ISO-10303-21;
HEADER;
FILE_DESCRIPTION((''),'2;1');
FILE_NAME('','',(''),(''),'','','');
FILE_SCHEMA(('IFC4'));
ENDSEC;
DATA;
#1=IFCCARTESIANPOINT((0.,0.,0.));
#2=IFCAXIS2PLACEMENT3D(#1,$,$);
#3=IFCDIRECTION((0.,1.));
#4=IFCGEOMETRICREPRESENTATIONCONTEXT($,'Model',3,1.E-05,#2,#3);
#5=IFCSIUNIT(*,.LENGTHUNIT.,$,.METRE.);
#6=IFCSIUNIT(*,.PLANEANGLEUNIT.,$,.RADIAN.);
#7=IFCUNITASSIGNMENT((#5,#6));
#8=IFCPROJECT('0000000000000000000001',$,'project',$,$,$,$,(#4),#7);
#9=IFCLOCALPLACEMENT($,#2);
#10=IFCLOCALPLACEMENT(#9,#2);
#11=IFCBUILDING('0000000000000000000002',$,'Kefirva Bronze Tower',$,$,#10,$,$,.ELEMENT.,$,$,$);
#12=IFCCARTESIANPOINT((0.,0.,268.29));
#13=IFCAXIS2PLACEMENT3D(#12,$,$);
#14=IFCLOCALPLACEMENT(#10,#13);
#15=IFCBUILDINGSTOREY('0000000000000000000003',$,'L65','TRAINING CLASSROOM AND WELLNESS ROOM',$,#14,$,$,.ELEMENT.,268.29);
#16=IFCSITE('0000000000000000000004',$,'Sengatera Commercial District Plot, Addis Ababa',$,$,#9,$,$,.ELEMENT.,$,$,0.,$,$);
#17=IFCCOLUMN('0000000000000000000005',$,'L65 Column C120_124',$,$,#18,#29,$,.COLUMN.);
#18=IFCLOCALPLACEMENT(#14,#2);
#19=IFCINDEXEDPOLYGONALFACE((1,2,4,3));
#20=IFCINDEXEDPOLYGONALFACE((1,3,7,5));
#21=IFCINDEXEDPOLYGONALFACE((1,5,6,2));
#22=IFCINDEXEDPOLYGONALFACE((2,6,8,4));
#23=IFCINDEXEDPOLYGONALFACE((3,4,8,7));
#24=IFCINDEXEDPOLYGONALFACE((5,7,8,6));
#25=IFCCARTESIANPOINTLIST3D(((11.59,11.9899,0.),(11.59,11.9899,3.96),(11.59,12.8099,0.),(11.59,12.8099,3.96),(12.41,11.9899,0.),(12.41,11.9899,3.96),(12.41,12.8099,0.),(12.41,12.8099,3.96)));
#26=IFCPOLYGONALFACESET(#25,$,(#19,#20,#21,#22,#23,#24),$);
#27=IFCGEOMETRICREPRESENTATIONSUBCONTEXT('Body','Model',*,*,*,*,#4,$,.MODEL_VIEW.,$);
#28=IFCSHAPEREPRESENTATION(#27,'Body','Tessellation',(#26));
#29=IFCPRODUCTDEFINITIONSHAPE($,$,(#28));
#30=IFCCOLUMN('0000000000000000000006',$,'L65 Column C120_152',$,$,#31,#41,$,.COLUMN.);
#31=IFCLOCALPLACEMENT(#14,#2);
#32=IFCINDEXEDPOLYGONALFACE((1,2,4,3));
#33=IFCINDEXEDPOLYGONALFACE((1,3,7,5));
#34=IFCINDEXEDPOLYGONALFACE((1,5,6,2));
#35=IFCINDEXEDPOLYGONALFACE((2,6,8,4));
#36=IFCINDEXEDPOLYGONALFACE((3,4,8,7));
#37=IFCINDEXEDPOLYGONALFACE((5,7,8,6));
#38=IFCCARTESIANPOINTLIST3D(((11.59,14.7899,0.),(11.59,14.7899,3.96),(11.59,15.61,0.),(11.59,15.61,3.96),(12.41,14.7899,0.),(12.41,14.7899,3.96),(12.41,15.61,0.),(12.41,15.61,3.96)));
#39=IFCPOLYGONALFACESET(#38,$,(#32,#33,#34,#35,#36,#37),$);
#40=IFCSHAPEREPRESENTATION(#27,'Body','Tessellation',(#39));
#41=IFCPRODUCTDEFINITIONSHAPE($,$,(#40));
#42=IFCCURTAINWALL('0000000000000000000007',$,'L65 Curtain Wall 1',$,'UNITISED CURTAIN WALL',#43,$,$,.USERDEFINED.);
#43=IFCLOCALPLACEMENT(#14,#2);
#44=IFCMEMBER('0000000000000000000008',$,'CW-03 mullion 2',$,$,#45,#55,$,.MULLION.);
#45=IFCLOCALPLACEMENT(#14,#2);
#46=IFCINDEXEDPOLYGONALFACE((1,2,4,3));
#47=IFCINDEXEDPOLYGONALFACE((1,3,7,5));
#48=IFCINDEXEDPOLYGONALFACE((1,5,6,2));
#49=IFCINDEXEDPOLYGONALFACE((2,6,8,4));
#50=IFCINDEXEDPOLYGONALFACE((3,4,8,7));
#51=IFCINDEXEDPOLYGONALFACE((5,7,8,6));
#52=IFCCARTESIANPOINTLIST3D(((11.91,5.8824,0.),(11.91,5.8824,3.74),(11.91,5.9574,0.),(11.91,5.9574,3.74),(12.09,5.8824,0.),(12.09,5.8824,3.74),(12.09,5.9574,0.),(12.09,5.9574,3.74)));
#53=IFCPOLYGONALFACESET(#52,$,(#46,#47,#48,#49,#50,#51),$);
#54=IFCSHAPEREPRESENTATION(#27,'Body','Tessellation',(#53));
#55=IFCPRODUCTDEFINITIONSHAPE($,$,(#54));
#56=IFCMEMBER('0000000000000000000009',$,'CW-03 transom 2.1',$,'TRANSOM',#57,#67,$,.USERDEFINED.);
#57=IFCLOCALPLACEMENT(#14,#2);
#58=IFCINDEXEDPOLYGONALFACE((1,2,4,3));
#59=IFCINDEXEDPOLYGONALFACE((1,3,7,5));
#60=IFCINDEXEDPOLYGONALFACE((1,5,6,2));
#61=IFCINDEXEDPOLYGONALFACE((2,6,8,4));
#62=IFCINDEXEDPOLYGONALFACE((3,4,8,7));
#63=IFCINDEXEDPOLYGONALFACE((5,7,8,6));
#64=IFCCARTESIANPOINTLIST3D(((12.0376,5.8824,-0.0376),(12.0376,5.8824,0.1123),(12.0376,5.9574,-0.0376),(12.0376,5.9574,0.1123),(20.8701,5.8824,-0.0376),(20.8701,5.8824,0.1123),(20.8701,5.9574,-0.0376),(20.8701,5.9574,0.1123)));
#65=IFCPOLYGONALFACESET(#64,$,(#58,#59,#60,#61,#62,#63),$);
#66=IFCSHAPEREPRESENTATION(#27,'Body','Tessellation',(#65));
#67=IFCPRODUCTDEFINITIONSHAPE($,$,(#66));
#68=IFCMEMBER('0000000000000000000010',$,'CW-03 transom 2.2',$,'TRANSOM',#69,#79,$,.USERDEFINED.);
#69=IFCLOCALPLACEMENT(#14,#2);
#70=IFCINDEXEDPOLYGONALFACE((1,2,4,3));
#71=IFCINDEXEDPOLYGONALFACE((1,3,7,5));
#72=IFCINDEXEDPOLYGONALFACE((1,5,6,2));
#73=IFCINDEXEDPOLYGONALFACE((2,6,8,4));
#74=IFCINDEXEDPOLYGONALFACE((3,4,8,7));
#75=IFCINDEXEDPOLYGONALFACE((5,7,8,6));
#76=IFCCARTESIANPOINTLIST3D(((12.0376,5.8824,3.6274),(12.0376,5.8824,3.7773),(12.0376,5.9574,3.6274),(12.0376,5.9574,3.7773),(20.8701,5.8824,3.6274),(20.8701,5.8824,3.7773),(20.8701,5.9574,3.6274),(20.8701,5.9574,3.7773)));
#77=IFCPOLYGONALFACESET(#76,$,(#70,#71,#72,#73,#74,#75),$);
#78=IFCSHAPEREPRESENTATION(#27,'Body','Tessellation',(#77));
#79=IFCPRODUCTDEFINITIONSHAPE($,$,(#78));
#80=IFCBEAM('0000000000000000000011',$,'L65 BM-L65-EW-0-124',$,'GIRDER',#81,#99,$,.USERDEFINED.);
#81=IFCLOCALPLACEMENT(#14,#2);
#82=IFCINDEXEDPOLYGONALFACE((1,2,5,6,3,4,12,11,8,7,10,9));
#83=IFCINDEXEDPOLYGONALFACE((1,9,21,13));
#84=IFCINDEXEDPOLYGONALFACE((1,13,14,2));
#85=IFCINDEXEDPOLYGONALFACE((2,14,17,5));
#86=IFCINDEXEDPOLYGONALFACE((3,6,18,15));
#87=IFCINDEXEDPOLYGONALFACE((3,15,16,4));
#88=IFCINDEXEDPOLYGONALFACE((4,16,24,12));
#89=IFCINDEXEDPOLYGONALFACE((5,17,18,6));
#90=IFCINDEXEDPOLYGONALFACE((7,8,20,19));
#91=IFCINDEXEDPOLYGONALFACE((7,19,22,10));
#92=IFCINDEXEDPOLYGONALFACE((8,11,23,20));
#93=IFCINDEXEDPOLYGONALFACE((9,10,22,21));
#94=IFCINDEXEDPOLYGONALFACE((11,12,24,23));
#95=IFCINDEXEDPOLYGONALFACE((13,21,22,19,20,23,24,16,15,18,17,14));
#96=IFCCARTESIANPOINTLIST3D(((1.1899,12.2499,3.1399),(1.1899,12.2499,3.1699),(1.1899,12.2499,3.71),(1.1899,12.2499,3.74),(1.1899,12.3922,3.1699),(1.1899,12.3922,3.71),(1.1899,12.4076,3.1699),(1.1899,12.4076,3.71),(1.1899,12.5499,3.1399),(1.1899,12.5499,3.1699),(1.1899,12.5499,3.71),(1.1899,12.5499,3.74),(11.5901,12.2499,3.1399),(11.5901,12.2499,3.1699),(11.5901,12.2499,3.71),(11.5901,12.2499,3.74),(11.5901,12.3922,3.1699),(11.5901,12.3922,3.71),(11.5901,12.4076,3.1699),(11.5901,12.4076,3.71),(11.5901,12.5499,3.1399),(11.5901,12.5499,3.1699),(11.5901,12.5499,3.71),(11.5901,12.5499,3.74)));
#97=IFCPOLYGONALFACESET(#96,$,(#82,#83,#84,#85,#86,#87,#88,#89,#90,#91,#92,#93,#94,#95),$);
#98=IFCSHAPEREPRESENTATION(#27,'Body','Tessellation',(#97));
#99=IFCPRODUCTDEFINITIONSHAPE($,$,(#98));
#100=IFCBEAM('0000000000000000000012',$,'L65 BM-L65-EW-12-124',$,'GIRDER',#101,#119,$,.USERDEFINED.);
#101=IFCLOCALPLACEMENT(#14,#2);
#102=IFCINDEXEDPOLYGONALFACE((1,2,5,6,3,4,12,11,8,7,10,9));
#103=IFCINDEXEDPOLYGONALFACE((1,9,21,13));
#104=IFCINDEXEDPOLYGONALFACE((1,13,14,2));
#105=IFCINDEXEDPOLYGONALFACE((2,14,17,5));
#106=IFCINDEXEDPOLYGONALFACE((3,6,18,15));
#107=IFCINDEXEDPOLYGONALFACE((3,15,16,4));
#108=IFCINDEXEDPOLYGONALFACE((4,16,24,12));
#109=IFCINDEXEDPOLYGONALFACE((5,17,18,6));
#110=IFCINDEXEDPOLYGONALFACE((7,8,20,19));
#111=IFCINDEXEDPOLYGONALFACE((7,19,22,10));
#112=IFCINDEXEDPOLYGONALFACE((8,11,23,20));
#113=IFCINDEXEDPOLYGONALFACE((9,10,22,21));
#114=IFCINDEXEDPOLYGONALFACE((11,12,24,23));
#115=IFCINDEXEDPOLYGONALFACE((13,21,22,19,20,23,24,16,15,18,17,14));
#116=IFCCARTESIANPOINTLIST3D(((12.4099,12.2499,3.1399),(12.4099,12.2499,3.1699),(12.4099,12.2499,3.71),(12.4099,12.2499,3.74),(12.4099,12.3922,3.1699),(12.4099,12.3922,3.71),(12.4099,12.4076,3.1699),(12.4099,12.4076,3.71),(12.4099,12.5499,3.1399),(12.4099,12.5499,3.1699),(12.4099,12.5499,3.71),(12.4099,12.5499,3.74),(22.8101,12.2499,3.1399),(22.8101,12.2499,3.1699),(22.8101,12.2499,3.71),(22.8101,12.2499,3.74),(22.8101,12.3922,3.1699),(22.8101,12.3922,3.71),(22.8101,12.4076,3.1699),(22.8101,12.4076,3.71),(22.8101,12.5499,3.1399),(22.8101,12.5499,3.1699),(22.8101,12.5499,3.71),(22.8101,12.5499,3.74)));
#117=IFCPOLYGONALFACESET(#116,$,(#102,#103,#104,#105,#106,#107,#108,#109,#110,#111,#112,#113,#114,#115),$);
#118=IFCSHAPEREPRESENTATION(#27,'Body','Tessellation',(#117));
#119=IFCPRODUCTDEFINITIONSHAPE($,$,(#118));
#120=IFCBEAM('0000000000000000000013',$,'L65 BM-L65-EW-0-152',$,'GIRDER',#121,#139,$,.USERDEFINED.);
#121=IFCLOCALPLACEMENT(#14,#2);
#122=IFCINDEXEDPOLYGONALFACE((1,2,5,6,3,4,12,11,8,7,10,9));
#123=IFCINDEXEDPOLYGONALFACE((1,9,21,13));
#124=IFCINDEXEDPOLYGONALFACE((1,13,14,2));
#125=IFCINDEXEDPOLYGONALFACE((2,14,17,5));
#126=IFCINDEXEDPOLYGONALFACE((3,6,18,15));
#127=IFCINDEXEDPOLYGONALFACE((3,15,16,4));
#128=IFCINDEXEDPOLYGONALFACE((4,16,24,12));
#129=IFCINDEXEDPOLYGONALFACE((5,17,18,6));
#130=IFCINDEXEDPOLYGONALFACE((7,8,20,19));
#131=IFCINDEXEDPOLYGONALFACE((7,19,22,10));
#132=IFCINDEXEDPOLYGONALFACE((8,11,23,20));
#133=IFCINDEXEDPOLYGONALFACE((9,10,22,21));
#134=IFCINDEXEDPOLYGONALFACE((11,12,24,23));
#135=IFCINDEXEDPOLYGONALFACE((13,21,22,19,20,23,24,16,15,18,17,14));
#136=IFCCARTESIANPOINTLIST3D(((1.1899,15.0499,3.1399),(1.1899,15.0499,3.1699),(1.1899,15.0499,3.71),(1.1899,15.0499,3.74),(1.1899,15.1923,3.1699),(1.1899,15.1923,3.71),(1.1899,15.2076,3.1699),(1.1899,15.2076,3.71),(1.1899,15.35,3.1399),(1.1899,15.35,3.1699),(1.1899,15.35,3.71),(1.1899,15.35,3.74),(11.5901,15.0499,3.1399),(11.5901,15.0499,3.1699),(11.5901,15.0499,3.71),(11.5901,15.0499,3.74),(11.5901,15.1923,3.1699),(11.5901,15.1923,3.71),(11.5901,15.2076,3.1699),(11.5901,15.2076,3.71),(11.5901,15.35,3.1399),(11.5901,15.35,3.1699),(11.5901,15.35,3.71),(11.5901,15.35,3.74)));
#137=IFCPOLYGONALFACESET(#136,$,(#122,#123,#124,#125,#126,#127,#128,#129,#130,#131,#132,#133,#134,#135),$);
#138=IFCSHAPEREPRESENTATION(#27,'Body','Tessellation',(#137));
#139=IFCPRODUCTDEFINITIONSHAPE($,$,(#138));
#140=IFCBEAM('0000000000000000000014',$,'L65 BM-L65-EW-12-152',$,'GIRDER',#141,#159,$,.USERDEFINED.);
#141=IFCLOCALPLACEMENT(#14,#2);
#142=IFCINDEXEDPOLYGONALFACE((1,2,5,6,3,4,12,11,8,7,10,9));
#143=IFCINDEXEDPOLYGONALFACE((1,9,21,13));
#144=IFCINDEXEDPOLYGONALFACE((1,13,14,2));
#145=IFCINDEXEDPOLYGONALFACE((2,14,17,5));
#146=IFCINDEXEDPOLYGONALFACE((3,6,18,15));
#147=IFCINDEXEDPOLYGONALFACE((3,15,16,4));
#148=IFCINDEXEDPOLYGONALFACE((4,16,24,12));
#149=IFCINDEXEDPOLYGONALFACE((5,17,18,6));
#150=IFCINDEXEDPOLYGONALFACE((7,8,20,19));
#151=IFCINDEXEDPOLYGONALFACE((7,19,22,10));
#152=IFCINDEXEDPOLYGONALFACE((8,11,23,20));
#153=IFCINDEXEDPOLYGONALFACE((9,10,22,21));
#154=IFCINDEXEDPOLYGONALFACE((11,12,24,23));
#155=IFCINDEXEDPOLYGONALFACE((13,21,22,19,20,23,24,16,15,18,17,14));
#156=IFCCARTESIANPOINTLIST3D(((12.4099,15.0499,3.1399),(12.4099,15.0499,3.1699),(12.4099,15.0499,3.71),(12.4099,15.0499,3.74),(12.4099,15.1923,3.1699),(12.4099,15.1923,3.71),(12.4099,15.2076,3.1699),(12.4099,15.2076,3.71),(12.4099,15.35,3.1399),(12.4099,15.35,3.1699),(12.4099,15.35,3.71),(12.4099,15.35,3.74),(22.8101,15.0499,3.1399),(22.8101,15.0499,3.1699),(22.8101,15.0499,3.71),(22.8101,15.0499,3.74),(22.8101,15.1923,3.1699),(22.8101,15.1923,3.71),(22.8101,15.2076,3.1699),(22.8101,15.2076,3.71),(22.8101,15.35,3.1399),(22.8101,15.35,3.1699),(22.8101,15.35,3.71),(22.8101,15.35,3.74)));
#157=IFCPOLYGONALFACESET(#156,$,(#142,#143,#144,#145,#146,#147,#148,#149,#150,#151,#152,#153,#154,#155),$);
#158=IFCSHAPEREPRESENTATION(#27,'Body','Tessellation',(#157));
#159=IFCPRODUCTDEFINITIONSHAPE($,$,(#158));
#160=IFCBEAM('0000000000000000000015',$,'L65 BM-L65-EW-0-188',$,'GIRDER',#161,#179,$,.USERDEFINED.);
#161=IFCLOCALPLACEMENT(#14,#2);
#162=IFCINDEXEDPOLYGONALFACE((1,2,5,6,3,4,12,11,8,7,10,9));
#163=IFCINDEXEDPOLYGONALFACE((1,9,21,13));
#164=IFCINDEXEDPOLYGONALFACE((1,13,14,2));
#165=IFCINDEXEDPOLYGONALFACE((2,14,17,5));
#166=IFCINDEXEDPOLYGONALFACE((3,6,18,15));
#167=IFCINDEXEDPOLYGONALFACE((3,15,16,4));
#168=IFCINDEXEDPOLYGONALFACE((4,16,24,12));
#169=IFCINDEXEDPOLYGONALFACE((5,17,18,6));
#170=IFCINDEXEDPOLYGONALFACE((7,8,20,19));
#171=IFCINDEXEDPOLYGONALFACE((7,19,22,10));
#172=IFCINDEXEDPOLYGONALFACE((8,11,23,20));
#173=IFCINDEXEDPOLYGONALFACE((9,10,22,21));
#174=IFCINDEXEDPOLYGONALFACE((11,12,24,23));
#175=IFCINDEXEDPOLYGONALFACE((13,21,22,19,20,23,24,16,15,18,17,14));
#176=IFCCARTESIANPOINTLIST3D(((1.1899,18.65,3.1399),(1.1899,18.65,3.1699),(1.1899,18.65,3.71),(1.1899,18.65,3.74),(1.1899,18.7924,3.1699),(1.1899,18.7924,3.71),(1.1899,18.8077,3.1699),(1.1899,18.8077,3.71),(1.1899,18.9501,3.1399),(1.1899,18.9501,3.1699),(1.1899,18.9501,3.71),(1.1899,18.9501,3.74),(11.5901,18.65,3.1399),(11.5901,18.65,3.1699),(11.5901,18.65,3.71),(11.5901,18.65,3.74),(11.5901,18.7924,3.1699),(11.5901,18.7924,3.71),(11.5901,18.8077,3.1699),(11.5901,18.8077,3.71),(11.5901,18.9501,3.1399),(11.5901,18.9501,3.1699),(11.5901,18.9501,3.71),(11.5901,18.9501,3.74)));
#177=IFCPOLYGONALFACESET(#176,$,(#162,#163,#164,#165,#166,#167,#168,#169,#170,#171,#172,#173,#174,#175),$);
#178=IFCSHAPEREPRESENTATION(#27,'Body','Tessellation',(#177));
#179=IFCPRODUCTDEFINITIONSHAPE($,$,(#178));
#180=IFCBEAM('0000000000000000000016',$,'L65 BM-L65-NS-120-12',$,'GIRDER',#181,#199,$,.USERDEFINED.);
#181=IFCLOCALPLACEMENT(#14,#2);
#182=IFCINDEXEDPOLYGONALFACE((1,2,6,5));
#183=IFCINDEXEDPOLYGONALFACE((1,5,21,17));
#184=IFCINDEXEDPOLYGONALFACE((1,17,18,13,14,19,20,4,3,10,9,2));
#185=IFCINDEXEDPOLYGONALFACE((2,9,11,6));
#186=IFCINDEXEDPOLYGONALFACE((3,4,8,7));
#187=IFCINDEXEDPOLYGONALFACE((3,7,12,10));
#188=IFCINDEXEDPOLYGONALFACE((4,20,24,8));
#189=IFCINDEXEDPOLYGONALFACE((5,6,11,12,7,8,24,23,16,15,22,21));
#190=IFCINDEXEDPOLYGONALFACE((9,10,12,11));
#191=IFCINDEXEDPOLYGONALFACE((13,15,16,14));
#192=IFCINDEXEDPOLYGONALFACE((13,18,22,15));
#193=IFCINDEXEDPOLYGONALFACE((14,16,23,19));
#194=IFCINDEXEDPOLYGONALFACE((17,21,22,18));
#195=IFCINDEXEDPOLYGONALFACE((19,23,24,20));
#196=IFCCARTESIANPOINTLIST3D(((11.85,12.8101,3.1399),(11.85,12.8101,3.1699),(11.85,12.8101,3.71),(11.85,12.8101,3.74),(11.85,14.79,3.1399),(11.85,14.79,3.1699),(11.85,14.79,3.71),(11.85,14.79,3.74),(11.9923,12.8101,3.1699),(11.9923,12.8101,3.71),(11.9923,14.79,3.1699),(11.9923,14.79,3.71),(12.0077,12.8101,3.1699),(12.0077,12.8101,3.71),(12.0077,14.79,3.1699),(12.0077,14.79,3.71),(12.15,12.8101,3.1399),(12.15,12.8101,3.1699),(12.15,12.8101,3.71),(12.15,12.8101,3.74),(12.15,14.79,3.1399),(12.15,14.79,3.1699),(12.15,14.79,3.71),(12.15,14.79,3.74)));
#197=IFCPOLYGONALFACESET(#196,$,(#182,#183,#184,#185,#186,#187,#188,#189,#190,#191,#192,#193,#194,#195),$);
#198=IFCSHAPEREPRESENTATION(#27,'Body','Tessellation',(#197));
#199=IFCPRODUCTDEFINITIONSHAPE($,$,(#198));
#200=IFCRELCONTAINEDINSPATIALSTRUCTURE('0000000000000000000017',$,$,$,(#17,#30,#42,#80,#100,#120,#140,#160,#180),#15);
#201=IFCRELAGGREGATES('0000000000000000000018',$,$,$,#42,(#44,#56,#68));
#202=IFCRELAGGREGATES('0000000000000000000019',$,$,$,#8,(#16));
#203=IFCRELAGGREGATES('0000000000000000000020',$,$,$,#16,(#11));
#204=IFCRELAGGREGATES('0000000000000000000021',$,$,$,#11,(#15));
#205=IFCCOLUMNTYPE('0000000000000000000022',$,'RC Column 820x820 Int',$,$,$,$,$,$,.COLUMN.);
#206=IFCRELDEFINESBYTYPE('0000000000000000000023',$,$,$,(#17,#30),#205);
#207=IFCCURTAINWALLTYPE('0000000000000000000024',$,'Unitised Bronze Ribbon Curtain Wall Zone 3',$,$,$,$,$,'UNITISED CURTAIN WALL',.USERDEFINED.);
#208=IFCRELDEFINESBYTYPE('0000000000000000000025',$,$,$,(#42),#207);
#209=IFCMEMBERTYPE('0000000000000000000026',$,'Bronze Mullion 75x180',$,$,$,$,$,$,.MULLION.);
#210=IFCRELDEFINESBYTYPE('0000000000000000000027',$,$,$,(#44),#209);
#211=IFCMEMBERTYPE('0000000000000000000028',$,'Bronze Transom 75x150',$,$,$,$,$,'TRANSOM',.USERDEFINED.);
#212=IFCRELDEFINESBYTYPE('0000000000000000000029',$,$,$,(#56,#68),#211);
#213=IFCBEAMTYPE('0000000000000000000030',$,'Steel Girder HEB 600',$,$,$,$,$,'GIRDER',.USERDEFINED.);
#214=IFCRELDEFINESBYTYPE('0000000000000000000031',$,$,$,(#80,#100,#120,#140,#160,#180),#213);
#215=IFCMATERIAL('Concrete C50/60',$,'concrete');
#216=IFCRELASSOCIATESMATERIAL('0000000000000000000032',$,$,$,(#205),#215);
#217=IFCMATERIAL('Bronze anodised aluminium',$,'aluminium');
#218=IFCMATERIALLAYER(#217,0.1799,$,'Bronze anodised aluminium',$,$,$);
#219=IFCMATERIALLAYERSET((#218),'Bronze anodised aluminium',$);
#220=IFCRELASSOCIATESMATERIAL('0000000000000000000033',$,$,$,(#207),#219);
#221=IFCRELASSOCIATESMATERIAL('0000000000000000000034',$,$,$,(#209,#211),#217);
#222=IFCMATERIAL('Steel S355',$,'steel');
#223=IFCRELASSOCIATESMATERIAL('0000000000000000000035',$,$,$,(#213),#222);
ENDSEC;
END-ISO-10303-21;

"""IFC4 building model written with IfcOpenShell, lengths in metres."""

from ifc_helpers import new_model, si_unit, direction, frame, origin, origin_2d, place, context, subcontext, project, spatial, rectangle, i_section, extrude, material, layer, layer_set, material_profile, profile_set, type_object, element, aggregate, save


model = new_model("IFC4")

# Units and contexts
model_context = context("Model", 3, precision=1e-05, world=origin(), true_north=direction((0.0, 1.0)))
body_context = subcontext(model_context, "Body", "Model", "MODEL_VIEW")
ifc_project = project(units=[si_unit("LENGTHUNIT", "METRE"), si_unit("PLANEANGLEUNIT", "RADIAN")], contexts=[model_context])

# Site, building, storey
site_placement = place(None, origin())
site = spatial("IfcSite", under=ifc_project, at=site_placement, Name="Sengatera Commercial District Plot, Addis Ababa", CompositionType="ELEMENT", RefElevation=0.0)
building_placement = place(site_placement, origin())
building = spatial("IfcBuilding", under=site, at=building_placement, Name="Kefirva Bronze Tower", CompositionType="ELEMENT")
storey_placement = place(building_placement, frame((0.0, 0.0, 268.29)))
storey = spatial("IfcBuildingStorey", under=building, at=storey_placement, Name="L65", Description="TRAINING CLASSROOM AND WELLNESS ROOM", CompositionType="ELEMENT", Elevation=268.29)

# Columns
ifc_material_1 = material(Name="Concrete C50/60", Category="concrete")
ifc_material_profile_1 = material_profile(ifc_material_1, rectangle(XDim=0.8201, YDim=0.8201, at=origin_2d()), Name="RC 820x820")
ifc_profile_set_1 = profile_set([ifc_material_profile_1], Name="Concrete C50/60")
column_type = type_object("IfcColumnType", Name="RC Column 820x820 Int", PredefinedType="COLUMN", material=ifc_profile_set_1)
for number, where, z_axis, x_axis, name in (
    (1, (12.0, 12.3999, 0.0), (0.0, 0.0, 1.0), (1.0, 0.0, 0.0), "L65 Column C120_124"),
    (2, (12.0, 15.2, 0.0), (0.0, 0.0, 1.0), (1.0, 0.0, 0.0), "L65 Column C120_152"),
):
    element("IfcColumn", number, at=place(storey_placement, frame(where, z_axis=z_axis, x_axis=x_axis)), inside=storey, type_object=column_type, Name=name, PredefinedType="COLUMN", context=body_context, shape_type="SweptSolid", body=[
        extrude(rectangle(XDim=0.8201, YDim=0.8201, at=origin_2d()), origin(), (0.0, 0.0, 1.0), 3.96),
    ])

# Curtain wall, members
ifc_material_2 = material(Name="Bronze anodised aluminium", Category="aluminium")
ifc_layer_1 = layer(ifc_material_2, 0.1799, Name="Bronze anodised aluminium")
ifc_layer_set_1 = layer_set([ifc_layer_1], Name="Bronze anodised aluminium")
curtain_wall_type = type_object("IfcCurtainWallType", Name="Unitised Bronze Ribbon Curtain Wall Zone 3", ElementType="UNITISED CURTAIN WALL", PredefinedType="USERDEFINED", material=ifc_layer_set_1)
curtain_wall_placement = place(storey_placement, origin())
curtain_wall = element("IfcCurtainWall", 3, at=curtain_wall_placement, inside=storey, type_object=curtain_wall_type, Name="L65 Curtain Wall 1", ObjectType="UNITISED CURTAIN WALL", PredefinedType="USERDEFINED")
ifc_material_profile_2 = material_profile(ifc_material_2, rectangle(XDim=0.075, YDim=0.1799, at=origin_2d()), Name="ALU 75x180")
ifc_profile_set_2 = profile_set([ifc_material_profile_2], Name="Bronze anodised aluminium")
member_type_1 = type_object("IfcMemberType", Name="Bronze Mullion 75x180", PredefinedType="MULLION", material=ifc_profile_set_2)
member_1_placement = place(storey_placement, frame((12.0, 5.9199, 0.0), z_axis=(0.0, 0.0, 1.0), x_axis=(0.0, 1.0, 0.0)))
member_1 = element("IfcMember", 4, at=member_1_placement, type_object=member_type_1, Name="CW-03 mullion 2", PredefinedType="MULLION", context=body_context, shape_type="SweptSolid", body=[
    extrude(rectangle(XDim=0.075, YDim=0.1799, at=origin_2d()), origin(), (0.0, 0.0, 1.0), 3.74),
])
ifc_material_profile_3 = material_profile(ifc_material_2, rectangle(XDim=0.075, YDim=0.1499, at=origin_2d()), Name="ALU 75x150")
ifc_profile_set_3 = profile_set([ifc_material_profile_3], Name="Bronze anodised aluminium")
member_type_2 = type_object("IfcMemberType", Name="Bronze Transom 75x150", ElementType="TRANSOM", PredefinedType="USERDEFINED", material=ifc_profile_set_3)
member_2_placement = place(storey_placement, frame((12.0376, 5.9199, 0.0374), z_axis=(1.0, 0.0, 0.0), x_axis=(0.0, 1.0, 0.0)))
member_2 = element("IfcMember", 5, at=member_2_placement, type_object=member_type_2, Name="CW-03 transom 2.1", ObjectType="TRANSOM", PredefinedType="USERDEFINED", context=body_context, shape_type="SweptSolid", body=[
    extrude(rectangle(XDim=0.075, YDim=0.1499, at=origin_2d()), origin(), (0.0, 0.0, 1.0), 8.8325),
])
member_3_placement = place(storey_placement, frame((12.0376, 5.9199, 3.7024), z_axis=(1.0, 0.0, 0.0), x_axis=(0.0, 1.0, 0.0)))
member_3 = element("IfcMember", 6, at=member_3_placement, type_object=member_type_2, Name="CW-03 transom 2.2", ObjectType="TRANSOM", PredefinedType="USERDEFINED", context=body_context, shape_type="SweptSolid", body=[
    extrude(rectangle(XDim=0.075, YDim=0.1499, at=origin_2d()), origin(), (0.0, 0.0, 1.0), 8.8325),
])

# Beams
ifc_material_3 = material(Name="Steel S355", Category="steel")
ifc_material_profile_4 = material_profile(ifc_material_3, i_section(OverallWidth=0.3, OverallDepth=0.6001, WebThickness=0.0154, FlangeThickness=0.03, at=origin_2d()), Name="HEB 600")
ifc_profile_set_4 = profile_set([ifc_material_profile_4], Name="Steel S355")
beam_type = type_object("IfcBeamType", Name="Steel Girder HEB 600", ElementType="GIRDER", PredefinedType="USERDEFINED", material=ifc_profile_set_4)
for number, where, z_axis, x_axis, name in (
    (7, (1.1899, 12.3999, 3.4399), (1.0, 0.0, 0.0), (0.0, 1.0, 0.0), "L65 BM-L65-EW-0-124"),
    (8, (12.4099, 12.3999, 3.4399), (1.0, 0.0, 0.0), (0.0, 1.0, 0.0), "L65 BM-L65-EW-12-124"),
    (9, (1.1899, 15.2, 3.4399), (1.0, 0.0, 0.0), (0.0, 1.0, 0.0), "L65 BM-L65-EW-0-152"),
    (10, (12.4099, 15.2, 3.4399), (1.0, 0.0, 0.0), (0.0, 1.0, 0.0), "L65 BM-L65-EW-12-152"),
    (11, (1.1899, 18.8, 3.4399), (1.0, 0.0, 0.0), (0.0, 1.0, 0.0), "L65 BM-L65-EW-0-188"),
):
    element("IfcBeam", number, at=place(storey_placement, frame(where, z_axis=z_axis, x_axis=x_axis)), inside=storey, type_object=beam_type, Name=name, ObjectType="GIRDER", PredefinedType="USERDEFINED", context=body_context, shape_type="SweptSolid", body=[
        extrude(i_section(OverallWidth=0.3, OverallDepth=0.6001, WebThickness=0.0154, FlangeThickness=0.03, at=origin_2d()), origin(), (0.0, 0.0, 1.0), 10.4001),
    ])
beam_1_placement = place(storey_placement, frame((12.0, 12.8101, 3.4399), z_axis=(0.0, 1.0, 0.0), x_axis=(-1.0, 0.0, 0.0)))
element("IfcBeam", 12, at=beam_1_placement, inside=storey, type_object=beam_type, Name="L65 BM-L65-NS-120-12", ObjectType="GIRDER", PredefinedType="USERDEFINED", context=body_context, shape_type="SweptSolid", body=[
    extrude(i_section(OverallWidth=0.3, OverallDepth=0.6001, WebThickness=0.0154, FlangeThickness=0.03, at=origin_2d()), origin(), (0.0, 0.0, 1.0), 1.98),
])

aggregate(curtain_wall, [member_1, member_2, member_3])

save(model, "model.ifc")
